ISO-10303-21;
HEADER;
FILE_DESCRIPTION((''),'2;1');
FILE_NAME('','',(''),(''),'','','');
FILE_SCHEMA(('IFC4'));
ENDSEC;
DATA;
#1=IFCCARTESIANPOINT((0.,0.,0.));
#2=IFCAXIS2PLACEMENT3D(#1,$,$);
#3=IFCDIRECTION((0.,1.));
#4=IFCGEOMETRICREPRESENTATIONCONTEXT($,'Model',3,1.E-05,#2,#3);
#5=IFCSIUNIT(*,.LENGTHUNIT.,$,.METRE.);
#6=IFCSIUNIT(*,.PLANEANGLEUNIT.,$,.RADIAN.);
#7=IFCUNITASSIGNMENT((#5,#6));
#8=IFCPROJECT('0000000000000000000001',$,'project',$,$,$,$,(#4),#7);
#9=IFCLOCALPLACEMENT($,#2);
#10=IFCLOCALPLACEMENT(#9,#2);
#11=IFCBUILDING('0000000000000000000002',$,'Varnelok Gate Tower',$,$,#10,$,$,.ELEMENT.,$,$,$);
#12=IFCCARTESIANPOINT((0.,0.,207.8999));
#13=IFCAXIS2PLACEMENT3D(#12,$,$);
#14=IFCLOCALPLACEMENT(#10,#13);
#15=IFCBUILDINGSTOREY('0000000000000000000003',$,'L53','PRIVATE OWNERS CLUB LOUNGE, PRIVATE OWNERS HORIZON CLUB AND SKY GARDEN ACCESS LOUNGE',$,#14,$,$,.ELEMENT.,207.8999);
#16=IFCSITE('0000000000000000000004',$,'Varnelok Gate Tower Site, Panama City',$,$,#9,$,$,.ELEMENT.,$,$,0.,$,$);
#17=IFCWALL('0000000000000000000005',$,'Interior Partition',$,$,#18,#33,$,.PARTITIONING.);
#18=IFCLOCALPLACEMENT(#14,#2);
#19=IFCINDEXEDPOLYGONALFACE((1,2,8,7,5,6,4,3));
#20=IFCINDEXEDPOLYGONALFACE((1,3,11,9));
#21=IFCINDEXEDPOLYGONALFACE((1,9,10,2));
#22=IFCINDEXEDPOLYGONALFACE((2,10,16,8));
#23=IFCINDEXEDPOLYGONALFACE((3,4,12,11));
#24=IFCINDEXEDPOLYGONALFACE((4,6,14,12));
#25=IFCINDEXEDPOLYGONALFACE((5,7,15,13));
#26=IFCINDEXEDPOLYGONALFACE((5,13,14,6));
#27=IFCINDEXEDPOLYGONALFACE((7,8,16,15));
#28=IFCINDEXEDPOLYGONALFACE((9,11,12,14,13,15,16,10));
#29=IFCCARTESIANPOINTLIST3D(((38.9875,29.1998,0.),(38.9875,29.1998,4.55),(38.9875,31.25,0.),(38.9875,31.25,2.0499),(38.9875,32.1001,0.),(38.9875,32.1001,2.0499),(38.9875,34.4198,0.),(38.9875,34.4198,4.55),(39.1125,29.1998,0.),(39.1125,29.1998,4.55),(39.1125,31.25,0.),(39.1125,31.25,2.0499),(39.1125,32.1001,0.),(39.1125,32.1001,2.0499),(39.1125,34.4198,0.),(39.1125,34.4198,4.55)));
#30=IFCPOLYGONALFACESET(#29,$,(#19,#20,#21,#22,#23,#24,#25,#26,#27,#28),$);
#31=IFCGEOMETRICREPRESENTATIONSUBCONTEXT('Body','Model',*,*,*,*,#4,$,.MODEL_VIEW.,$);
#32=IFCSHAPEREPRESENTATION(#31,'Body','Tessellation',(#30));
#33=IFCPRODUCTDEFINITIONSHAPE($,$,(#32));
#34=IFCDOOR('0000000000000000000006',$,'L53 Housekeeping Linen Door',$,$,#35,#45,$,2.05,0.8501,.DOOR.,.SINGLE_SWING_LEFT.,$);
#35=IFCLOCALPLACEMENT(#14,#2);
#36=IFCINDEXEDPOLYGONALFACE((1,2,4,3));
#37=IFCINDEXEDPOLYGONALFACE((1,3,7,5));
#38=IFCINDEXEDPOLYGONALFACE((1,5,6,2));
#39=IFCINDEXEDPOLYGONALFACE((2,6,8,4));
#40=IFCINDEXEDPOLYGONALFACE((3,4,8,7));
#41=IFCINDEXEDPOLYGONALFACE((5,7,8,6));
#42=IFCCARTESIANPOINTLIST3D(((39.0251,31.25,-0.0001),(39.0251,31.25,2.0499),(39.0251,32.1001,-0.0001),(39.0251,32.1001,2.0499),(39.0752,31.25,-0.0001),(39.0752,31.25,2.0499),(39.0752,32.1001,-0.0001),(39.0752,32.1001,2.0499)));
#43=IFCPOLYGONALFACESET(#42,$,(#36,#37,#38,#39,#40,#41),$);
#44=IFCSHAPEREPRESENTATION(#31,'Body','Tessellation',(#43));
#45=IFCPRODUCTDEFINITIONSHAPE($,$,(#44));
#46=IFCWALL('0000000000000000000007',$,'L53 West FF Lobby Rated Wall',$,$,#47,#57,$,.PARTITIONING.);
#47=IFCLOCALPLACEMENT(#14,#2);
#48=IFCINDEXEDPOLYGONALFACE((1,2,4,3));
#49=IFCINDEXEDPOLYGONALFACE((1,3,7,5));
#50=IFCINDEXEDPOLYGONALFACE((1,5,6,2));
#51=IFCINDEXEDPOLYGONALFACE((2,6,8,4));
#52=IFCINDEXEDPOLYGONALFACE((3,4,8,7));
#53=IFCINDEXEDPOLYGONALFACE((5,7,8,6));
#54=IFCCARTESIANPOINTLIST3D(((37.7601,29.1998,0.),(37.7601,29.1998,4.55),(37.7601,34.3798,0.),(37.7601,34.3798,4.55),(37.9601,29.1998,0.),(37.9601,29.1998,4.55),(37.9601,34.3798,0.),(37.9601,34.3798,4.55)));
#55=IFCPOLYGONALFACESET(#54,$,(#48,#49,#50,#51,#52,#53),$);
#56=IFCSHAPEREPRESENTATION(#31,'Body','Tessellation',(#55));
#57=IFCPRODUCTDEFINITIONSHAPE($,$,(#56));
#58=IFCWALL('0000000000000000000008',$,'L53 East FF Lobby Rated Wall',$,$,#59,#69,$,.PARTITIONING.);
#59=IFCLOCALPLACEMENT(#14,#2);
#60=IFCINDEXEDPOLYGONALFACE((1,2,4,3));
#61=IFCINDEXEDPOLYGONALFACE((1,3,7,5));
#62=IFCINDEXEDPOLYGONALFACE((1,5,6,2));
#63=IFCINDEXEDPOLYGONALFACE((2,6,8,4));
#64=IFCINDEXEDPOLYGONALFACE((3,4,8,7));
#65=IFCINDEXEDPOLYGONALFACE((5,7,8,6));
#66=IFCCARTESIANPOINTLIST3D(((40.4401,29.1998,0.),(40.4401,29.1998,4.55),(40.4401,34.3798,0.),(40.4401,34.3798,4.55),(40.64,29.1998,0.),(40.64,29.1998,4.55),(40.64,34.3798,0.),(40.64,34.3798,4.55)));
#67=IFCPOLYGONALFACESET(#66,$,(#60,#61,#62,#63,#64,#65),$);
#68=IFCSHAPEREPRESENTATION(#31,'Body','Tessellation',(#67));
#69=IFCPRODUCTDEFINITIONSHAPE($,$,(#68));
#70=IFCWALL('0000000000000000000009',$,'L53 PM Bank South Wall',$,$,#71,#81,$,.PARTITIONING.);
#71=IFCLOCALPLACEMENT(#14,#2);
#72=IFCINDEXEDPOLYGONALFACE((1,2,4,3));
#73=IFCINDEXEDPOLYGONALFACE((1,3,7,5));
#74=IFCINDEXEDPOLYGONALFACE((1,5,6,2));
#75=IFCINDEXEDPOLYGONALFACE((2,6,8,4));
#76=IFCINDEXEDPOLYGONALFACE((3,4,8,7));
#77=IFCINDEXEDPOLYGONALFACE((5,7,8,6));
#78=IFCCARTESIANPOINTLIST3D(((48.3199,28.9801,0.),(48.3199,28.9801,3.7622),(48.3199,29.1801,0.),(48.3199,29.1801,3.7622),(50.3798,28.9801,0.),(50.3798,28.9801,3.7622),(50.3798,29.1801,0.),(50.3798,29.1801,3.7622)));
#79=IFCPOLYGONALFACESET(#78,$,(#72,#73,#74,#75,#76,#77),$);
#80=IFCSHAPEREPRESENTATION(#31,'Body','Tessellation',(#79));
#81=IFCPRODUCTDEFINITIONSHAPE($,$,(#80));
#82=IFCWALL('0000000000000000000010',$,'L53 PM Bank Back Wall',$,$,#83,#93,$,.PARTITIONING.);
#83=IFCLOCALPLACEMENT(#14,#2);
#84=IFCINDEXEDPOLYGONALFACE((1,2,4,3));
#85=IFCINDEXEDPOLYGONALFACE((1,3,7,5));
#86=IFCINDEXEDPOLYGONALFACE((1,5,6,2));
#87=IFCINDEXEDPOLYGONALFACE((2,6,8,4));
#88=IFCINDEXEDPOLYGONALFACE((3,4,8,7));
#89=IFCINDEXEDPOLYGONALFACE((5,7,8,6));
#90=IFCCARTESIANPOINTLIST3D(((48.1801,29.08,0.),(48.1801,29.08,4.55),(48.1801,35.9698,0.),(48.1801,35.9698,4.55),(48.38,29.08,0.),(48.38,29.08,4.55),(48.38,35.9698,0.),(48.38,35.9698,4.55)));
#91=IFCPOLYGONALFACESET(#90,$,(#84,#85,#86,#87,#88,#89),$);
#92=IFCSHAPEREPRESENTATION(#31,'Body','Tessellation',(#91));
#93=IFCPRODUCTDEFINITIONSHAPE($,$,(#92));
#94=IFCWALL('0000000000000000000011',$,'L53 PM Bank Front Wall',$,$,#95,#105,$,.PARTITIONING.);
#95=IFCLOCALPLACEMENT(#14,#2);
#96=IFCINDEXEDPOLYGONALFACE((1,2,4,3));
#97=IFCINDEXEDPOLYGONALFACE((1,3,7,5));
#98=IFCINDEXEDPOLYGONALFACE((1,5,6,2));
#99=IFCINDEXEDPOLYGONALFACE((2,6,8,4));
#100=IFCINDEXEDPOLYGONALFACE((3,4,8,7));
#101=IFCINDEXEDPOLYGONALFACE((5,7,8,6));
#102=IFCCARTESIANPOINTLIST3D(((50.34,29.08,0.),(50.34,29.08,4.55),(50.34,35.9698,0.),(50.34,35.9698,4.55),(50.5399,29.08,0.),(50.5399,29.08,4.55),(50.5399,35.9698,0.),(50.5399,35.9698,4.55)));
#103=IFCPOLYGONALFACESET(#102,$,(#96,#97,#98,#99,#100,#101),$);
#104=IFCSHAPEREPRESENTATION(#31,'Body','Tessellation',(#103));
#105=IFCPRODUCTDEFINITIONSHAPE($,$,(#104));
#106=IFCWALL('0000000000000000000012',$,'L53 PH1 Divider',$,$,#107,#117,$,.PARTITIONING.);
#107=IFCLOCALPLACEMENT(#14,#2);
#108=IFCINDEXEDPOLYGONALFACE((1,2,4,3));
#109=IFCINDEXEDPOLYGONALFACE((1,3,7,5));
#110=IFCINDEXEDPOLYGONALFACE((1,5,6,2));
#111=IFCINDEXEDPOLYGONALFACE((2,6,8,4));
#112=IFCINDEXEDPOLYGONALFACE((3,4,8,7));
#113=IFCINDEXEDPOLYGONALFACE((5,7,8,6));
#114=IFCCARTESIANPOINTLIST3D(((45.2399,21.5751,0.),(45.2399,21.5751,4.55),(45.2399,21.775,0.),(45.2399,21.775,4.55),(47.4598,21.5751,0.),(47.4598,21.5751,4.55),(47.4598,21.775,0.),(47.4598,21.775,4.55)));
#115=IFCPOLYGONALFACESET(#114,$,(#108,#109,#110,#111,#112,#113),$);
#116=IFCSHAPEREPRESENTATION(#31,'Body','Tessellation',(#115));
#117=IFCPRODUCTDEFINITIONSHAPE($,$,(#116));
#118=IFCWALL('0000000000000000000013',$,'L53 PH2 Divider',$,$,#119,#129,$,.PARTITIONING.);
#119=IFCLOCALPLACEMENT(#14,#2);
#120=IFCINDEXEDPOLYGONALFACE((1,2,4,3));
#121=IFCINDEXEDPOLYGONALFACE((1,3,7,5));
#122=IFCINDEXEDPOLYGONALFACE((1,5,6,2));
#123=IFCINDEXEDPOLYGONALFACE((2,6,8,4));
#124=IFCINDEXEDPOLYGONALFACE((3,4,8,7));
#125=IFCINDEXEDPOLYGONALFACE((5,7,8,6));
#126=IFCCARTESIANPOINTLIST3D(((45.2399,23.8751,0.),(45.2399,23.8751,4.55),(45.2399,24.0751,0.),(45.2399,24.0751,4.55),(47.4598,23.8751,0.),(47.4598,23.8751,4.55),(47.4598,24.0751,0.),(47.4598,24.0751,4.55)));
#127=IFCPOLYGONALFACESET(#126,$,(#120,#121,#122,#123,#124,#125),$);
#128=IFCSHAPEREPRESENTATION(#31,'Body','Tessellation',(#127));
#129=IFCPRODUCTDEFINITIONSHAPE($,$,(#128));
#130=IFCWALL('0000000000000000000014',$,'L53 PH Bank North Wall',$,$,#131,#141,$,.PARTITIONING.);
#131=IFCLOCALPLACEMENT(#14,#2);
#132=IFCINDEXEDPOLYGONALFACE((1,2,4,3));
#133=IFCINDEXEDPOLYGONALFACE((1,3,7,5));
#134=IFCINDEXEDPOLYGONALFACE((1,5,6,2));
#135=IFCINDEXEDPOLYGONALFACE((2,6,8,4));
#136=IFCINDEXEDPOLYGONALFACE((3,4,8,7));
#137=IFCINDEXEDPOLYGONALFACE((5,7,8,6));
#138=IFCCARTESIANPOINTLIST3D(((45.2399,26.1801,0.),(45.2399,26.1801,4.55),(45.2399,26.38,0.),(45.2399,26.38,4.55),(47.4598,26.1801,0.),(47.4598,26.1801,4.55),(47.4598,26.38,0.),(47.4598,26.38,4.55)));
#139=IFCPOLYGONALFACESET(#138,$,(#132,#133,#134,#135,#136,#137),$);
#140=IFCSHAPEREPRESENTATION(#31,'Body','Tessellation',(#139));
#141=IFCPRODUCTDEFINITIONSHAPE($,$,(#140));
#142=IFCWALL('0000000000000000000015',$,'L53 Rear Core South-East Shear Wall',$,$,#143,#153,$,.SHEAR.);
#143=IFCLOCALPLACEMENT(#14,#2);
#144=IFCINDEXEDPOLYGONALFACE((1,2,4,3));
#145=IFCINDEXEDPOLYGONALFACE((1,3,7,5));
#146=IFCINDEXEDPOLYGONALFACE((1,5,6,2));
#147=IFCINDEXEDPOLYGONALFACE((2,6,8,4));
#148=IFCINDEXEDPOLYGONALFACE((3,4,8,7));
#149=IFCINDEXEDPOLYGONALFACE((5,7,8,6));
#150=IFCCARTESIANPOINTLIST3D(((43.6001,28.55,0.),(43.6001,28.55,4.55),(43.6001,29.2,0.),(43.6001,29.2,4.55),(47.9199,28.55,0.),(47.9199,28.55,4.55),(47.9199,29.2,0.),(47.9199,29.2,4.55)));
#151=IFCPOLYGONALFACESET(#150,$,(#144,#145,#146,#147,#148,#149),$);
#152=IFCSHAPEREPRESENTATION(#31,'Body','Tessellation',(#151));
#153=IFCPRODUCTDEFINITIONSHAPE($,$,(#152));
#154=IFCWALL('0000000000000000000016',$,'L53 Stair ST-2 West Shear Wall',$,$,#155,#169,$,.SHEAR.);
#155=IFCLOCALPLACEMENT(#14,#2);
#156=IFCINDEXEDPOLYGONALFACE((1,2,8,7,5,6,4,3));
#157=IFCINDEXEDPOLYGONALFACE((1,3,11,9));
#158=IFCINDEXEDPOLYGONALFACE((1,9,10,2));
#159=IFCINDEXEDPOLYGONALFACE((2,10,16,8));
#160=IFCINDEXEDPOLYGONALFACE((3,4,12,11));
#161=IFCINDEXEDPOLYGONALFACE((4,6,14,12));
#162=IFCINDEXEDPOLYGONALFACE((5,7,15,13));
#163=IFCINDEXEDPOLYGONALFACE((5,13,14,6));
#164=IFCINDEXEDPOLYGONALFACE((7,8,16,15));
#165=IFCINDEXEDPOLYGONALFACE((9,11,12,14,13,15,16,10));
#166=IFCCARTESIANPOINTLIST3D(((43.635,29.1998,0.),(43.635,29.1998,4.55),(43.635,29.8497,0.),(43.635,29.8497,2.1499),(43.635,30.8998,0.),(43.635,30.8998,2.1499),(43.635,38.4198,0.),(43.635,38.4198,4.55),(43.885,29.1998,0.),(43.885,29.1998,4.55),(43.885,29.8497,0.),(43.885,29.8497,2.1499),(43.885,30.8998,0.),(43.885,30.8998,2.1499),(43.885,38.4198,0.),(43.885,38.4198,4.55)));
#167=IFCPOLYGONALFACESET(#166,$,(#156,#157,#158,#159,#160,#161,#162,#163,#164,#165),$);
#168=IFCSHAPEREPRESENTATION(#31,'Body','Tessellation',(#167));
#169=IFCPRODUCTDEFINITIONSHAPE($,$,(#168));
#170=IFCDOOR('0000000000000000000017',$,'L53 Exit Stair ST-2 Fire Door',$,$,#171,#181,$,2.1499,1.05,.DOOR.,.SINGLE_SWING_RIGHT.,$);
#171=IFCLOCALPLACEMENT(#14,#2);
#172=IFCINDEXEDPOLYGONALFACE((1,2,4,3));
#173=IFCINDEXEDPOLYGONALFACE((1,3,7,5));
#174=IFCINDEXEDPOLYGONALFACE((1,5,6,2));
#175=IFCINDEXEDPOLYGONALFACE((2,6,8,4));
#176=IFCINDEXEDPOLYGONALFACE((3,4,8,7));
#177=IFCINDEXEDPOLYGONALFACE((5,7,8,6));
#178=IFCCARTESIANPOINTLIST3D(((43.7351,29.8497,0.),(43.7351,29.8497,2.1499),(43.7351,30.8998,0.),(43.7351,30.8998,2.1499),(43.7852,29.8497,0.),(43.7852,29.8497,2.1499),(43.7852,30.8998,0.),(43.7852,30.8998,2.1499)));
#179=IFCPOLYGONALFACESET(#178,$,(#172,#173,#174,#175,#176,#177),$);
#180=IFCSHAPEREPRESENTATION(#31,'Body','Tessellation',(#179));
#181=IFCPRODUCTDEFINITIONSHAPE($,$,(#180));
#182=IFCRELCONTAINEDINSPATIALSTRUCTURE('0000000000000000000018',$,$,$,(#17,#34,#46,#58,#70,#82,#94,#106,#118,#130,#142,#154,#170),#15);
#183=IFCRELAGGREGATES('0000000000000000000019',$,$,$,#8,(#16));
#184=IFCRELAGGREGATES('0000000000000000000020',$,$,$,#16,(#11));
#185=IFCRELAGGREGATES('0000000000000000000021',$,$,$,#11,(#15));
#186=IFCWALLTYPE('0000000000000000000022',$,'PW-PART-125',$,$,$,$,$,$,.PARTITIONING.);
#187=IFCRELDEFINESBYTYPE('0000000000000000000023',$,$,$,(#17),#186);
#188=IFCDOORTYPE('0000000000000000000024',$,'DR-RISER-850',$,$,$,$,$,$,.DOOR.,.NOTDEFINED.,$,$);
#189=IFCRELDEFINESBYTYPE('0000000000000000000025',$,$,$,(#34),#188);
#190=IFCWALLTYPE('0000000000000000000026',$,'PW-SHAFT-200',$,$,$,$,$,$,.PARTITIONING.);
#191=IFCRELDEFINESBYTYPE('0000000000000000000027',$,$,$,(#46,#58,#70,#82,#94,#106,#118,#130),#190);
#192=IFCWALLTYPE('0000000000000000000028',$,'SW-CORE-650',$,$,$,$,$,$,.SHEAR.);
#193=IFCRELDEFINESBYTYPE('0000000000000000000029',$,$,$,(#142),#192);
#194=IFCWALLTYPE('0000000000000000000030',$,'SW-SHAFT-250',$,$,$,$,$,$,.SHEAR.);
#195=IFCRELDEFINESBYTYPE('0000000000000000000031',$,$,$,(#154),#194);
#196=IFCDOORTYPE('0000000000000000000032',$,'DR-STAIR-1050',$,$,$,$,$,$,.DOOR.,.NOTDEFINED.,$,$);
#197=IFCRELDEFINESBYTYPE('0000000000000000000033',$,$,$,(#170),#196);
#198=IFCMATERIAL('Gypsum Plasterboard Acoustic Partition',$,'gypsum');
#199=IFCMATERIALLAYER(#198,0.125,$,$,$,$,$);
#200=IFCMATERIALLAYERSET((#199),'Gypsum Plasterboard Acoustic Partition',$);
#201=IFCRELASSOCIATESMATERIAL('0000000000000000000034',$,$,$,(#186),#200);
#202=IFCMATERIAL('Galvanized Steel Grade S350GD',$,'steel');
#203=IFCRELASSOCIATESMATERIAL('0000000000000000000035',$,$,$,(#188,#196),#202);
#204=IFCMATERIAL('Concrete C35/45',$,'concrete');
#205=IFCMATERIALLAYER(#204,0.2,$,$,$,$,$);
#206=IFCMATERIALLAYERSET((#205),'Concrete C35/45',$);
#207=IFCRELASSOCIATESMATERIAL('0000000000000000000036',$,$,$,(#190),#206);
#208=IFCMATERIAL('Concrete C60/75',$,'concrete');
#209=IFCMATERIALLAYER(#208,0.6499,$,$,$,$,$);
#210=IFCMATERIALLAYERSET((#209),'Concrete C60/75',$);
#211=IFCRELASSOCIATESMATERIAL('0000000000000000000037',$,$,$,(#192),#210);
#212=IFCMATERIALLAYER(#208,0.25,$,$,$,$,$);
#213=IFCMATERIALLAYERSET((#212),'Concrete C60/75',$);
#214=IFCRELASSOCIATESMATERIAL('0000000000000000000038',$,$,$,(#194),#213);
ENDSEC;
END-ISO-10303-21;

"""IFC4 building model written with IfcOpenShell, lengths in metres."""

from ifc_helpers import new_model, si_unit, direction, frame, frame_2d, origin, place, context, subcontext, project, spatial, rectangle, extrude, material, layer, layer_set, type_object, element, fill, save


model = new_model("IFC4")

# Units and contexts
model_context = context("Model", 3, precision=1e-05, world=origin(), true_north=direction((0.0, 1.0)))
body_context = subcontext(model_context, "Body", "Model", "MODEL_VIEW")
ifc_project = project(units=[si_unit("LENGTHUNIT", "METRE"), si_unit("PLANEANGLEUNIT", "RADIAN")], contexts=[model_context])

# Site, building, storey
site_placement = place(None, origin())
site = spatial("IfcSite", under=ifc_project, at=site_placement, Name="Varnelok Gate Tower Site, Panama City", CompositionType="ELEMENT", RefElevation=0.0)
building_placement = place(site_placement, origin())
building = spatial("IfcBuilding", under=site, at=building_placement, Name="Varnelok Gate Tower", CompositionType="ELEMENT")
storey_placement = place(building_placement, frame((0.0, 0.0, 207.8999)))
storey = spatial("IfcBuildingStorey", under=building, at=storey_placement, Name="L53", Description="PRIVATE OWNERS CLUB LOUNGE, PRIVATE OWNERS HORIZON CLUB AND SKY GARDEN ACCESS LOUNGE", CompositionType="ELEMENT", Elevation=207.8999)

# Shared definitions
ifc_material_1 = material(Name="Concrete C60/75", Category="concrete")

# Wall, opening, door
ifc_material_2 = material(Name="Gypsum Plasterboard Acoustic Partition", Category="gypsum")
ifc_layer_1 = layer(ifc_material_2, 0.125)
ifc_layer_set_1 = layer_set([ifc_layer_1], Name="Gypsum Plasterboard Acoustic Partition")
wall_type_1 = type_object("IfcWallType", Name="PW-PART-125", PredefinedType="PARTITIONING", material=ifc_layer_set_1)
wall_1_placement = place(storey_placement, frame((39.05, 29.2, 0.0), z_axis=(0.0, 0.0, 1.0), x_axis=(0.0, 1.0, 0.0)))
wall_1 = element("IfcWall", 1, at=wall_1_placement, inside=storey, type_object=wall_type_1, Name="Interior Partition", PredefinedType="PARTITIONING", context=body_context, shape_type="SweptSolid", body=[
    extrude(rectangle(XDim=5.22, YDim=0.125, at=frame_2d((2.6099, 0.0))), origin(), (0.0, 0.0, 1.0), 4.55),
])
opening_1_placement = place(wall_1_placement, frame((2.05, 0.0, 0.0)))
opening_1 = element("IfcOpeningElement", 2, at=opening_1_placement, cuts=wall_1, PredefinedType="OPENING", context=body_context, shape_type="SweptSolid", body=[
    extrude(rectangle(XDim=0.8501, YDim=2.05, at=frame_2d((0.425, 1.0249))), frame((0.0, 0.0725, 0.0), z_axis=(0.0, -1.0, 0.0), x_axis=(1.0, 0.0, 0.0)), (0.0, 0.0, 1.0), 0.145),
])
ifc_material_3 = material(Name="Galvanized Steel Grade S350GD", Category="steel")
door_type_1 = type_object("IfcDoorType", Name="DR-RISER-850", OperationType="NOTDEFINED", PredefinedType="DOOR", material=ifc_material_3)
door_1_placement = place(opening_1_placement, origin())
door_1 = element("IfcDoor", 3, at=door_1_placement, inside=storey, type_object=door_type_1, Name="L53 Housekeeping Linen Door", OperationType="SINGLE_SWING_LEFT", OverallHeight=2.05, OverallWidth=0.8501, PredefinedType="DOOR", context=body_context, shape_type="SweptSolid", body=[
    extrude(rectangle(XDim=0.8501, YDim=2.05, at=frame_2d((0.425, 1.0249))), frame((0.0, 0.0249, 0.0), z_axis=(0.0, -1.0, 0.0), x_axis=(1.0, 0.0, 0.0)), (0.0, 0.0, 1.0), 0.05),
])
fill(opening_1, door_1)

# Walls
ifc_material_4 = material(Name="Concrete C35/45", Category="concrete")
ifc_layer_2 = layer(ifc_material_4, 0.2)
ifc_layer_set_2 = layer_set([ifc_layer_2], Name="Concrete C35/45")
wall_type_2 = type_object("IfcWallType", Name="PW-SHAFT-200", PredefinedType="PARTITIONING", material=ifc_layer_set_2)
for number, where, z_axis, x_axis, name in (
    (4, (37.8601, 29.2, 0.0), (0.0, 0.0, 1.0), (0.0, 1.0, 0.0), "L53 West FF Lobby Rated Wall"),
    (5, (40.54, 29.2, 0.0), (0.0, 0.0, 1.0), (0.0, 1.0, 0.0), "L53 East FF Lobby Rated Wall"),
):
    element("IfcWall", number, at=place(storey_placement, frame(where, z_axis=z_axis, x_axis=x_axis)), inside=storey, type_object=wall_type_2, Name=name, PredefinedType="PARTITIONING", context=body_context, shape_type="SweptSolid", body=[
        extrude(rectangle(XDim=5.1799, YDim=0.2, at=frame_2d((2.5898, 0.0))), origin(), (0.0, 0.0, 1.0), 4.55),
    ])
wall_2_placement = place(storey_placement, frame((48.3201, 29.0801, 0.0), z_axis=(0.0, 0.0, 1.0), x_axis=(1.0, 0.0, 0.0)))
element("IfcWall", 6, at=wall_2_placement, inside=storey, type_object=wall_type_2, Name="L53 PM Bank South Wall", PredefinedType="PARTITIONING", context=body_context, shape_type="SweptSolid", body=[
    extrude(rectangle(XDim=2.0598, YDim=0.2, at=frame_2d((1.0298, 0.0))), origin(), (0.0, 0.0, 1.0), 3.7622),
])
for number, where, z_axis, x_axis, name in (
    (7, (48.28, 29.0801, 0.0), (0.0, 0.0, 1.0), (0.0, 1.0, 0.0), "L53 PM Bank Back Wall"),
    (8, (50.4399, 29.0801, 0.0), (0.0, 0.0, 1.0), (0.0, 1.0, 0.0), "L53 PM Bank Front Wall"),
):
    element("IfcWall", number, at=place(storey_placement, frame(where, z_axis=z_axis, x_axis=x_axis)), inside=storey, type_object=wall_type_2, Name=name, PredefinedType="PARTITIONING", context=body_context, shape_type="SweptSolid", body=[
        extrude(rectangle(XDim=6.8899, YDim=0.2, at=frame_2d((3.4448, 0.0))), origin(), (0.0, 0.0, 1.0), 4.55),
    ])
for number, where, z_axis, x_axis, name in (
    (9, (45.24, 21.675, 0.0), (0.0, 0.0, 1.0), (1.0, 0.0, 0.0), "L53 PH1 Divider"),
    (10, (45.24, 23.9751, 0.0), (0.0, 0.0, 1.0), (1.0, 0.0, 0.0), "L53 PH2 Divider"),
    (11, (45.24, 26.28, 0.0), (0.0, 0.0, 1.0), (1.0, 0.0, 0.0), "L53 PH Bank North Wall"),
):
    element("IfcWall", number, at=place(storey_placement, frame(where, z_axis=z_axis, x_axis=x_axis)), inside=storey, type_object=wall_type_2, Name=name, PredefinedType="PARTITIONING", context=body_context, shape_type="SweptSolid", body=[
        extrude(rectangle(XDim=2.22, YDim=0.2, at=frame_2d((1.1099, 0.0))), origin(), (0.0, 0.0, 1.0), 4.55),
    ])
ifc_layer_3 = layer(ifc_material_1, 0.6499)
ifc_layer_set_3 = layer_set([ifc_layer_3], Name="Concrete C60/75")
wall_type_3 = type_object("IfcWallType", Name="SW-CORE-650", PredefinedType="SHEAR", material=ifc_layer_set_3)
wall_3_placement = place(storey_placement, frame((43.6001, 28.875, 0.0), z_axis=(0.0, 0.0, 1.0), x_axis=(1.0, 0.0, 0.0)))
element("IfcWall", 12, at=wall_3_placement, inside=storey, type_object=wall_type_3, Name="L53 Rear Core South-East Shear Wall", PredefinedType="SHEAR", context=body_context, shape_type="SweptSolid", body=[
    extrude(rectangle(XDim=4.3198, YDim=0.6499, at=frame_2d((2.1599, 0.0))), origin(), (0.0, 0.0, 1.0), 4.55),
])

# Wall, opening, door
ifc_layer_4 = layer(ifc_material_1, 0.25)
ifc_layer_set_4 = layer_set([ifc_layer_4], Name="Concrete C60/75")
wall_type_4 = type_object("IfcWallType", Name="SW-SHAFT-250", PredefinedType="SHEAR", material=ifc_layer_set_4)
wall_4_placement = place(storey_placement, frame((43.76, 29.2, 0.0), z_axis=(0.0, 0.0, 1.0), x_axis=(0.0, 1.0, 0.0)))
wall_4 = element("IfcWall", 13, at=wall_4_placement, inside=storey, type_object=wall_type_4, Name="L53 Stair ST-2 West Shear Wall", PredefinedType="SHEAR", context=body_context, shape_type="SweptSolid", body=[
    extrude(rectangle(XDim=9.22, YDim=0.25, at=frame_2d((4.6099, 0.0))), origin(), (0.0, 0.0, 1.0), 4.55),
])
opening_2_placement = place(wall_4_placement, frame((0.6499, 0.0, 0.0)))
opening_2 = element("IfcOpeningElement", 14, at=opening_2_placement, cuts=wall_4, PredefinedType="OPENING", context=body_context, shape_type="SweptSolid", body=[
    extrude(rectangle(XDim=1.05, YDim=2.1499, at=frame_2d((0.5249, 1.075))), frame((0.0, 0.135, 0.0), z_axis=(0.0, -1.0, 0.0), x_axis=(1.0, 0.0, 0.0)), (0.0, 0.0, 1.0), 0.27),
])
door_type_2 = type_object("IfcDoorType", Name="DR-STAIR-1050", OperationType="NOTDEFINED", PredefinedType="DOOR", material=ifc_material_3)
door_2_placement = place(opening_2_placement, origin())
door_2 = element("IfcDoor", 15, at=door_2_placement, inside=storey, type_object=door_type_2, Name="L53 Exit Stair ST-2 Fire Door", OperationType="SINGLE_SWING_RIGHT", OverallHeight=2.1499, OverallWidth=1.05, PredefinedType="DOOR", context=body_context, shape_type="SweptSolid", body=[
    extrude(rectangle(XDim=1.05, YDim=2.1499, at=frame_2d((0.5249, 1.075))), frame((0.0, 0.0249, 0.0), z_axis=(0.0, -1.0, 0.0), x_axis=(1.0, 0.0, 0.0)), (0.0, 0.0, 1.0), 0.05),
])
fill(opening_2, door_2)

save(model, "model.ifc")
